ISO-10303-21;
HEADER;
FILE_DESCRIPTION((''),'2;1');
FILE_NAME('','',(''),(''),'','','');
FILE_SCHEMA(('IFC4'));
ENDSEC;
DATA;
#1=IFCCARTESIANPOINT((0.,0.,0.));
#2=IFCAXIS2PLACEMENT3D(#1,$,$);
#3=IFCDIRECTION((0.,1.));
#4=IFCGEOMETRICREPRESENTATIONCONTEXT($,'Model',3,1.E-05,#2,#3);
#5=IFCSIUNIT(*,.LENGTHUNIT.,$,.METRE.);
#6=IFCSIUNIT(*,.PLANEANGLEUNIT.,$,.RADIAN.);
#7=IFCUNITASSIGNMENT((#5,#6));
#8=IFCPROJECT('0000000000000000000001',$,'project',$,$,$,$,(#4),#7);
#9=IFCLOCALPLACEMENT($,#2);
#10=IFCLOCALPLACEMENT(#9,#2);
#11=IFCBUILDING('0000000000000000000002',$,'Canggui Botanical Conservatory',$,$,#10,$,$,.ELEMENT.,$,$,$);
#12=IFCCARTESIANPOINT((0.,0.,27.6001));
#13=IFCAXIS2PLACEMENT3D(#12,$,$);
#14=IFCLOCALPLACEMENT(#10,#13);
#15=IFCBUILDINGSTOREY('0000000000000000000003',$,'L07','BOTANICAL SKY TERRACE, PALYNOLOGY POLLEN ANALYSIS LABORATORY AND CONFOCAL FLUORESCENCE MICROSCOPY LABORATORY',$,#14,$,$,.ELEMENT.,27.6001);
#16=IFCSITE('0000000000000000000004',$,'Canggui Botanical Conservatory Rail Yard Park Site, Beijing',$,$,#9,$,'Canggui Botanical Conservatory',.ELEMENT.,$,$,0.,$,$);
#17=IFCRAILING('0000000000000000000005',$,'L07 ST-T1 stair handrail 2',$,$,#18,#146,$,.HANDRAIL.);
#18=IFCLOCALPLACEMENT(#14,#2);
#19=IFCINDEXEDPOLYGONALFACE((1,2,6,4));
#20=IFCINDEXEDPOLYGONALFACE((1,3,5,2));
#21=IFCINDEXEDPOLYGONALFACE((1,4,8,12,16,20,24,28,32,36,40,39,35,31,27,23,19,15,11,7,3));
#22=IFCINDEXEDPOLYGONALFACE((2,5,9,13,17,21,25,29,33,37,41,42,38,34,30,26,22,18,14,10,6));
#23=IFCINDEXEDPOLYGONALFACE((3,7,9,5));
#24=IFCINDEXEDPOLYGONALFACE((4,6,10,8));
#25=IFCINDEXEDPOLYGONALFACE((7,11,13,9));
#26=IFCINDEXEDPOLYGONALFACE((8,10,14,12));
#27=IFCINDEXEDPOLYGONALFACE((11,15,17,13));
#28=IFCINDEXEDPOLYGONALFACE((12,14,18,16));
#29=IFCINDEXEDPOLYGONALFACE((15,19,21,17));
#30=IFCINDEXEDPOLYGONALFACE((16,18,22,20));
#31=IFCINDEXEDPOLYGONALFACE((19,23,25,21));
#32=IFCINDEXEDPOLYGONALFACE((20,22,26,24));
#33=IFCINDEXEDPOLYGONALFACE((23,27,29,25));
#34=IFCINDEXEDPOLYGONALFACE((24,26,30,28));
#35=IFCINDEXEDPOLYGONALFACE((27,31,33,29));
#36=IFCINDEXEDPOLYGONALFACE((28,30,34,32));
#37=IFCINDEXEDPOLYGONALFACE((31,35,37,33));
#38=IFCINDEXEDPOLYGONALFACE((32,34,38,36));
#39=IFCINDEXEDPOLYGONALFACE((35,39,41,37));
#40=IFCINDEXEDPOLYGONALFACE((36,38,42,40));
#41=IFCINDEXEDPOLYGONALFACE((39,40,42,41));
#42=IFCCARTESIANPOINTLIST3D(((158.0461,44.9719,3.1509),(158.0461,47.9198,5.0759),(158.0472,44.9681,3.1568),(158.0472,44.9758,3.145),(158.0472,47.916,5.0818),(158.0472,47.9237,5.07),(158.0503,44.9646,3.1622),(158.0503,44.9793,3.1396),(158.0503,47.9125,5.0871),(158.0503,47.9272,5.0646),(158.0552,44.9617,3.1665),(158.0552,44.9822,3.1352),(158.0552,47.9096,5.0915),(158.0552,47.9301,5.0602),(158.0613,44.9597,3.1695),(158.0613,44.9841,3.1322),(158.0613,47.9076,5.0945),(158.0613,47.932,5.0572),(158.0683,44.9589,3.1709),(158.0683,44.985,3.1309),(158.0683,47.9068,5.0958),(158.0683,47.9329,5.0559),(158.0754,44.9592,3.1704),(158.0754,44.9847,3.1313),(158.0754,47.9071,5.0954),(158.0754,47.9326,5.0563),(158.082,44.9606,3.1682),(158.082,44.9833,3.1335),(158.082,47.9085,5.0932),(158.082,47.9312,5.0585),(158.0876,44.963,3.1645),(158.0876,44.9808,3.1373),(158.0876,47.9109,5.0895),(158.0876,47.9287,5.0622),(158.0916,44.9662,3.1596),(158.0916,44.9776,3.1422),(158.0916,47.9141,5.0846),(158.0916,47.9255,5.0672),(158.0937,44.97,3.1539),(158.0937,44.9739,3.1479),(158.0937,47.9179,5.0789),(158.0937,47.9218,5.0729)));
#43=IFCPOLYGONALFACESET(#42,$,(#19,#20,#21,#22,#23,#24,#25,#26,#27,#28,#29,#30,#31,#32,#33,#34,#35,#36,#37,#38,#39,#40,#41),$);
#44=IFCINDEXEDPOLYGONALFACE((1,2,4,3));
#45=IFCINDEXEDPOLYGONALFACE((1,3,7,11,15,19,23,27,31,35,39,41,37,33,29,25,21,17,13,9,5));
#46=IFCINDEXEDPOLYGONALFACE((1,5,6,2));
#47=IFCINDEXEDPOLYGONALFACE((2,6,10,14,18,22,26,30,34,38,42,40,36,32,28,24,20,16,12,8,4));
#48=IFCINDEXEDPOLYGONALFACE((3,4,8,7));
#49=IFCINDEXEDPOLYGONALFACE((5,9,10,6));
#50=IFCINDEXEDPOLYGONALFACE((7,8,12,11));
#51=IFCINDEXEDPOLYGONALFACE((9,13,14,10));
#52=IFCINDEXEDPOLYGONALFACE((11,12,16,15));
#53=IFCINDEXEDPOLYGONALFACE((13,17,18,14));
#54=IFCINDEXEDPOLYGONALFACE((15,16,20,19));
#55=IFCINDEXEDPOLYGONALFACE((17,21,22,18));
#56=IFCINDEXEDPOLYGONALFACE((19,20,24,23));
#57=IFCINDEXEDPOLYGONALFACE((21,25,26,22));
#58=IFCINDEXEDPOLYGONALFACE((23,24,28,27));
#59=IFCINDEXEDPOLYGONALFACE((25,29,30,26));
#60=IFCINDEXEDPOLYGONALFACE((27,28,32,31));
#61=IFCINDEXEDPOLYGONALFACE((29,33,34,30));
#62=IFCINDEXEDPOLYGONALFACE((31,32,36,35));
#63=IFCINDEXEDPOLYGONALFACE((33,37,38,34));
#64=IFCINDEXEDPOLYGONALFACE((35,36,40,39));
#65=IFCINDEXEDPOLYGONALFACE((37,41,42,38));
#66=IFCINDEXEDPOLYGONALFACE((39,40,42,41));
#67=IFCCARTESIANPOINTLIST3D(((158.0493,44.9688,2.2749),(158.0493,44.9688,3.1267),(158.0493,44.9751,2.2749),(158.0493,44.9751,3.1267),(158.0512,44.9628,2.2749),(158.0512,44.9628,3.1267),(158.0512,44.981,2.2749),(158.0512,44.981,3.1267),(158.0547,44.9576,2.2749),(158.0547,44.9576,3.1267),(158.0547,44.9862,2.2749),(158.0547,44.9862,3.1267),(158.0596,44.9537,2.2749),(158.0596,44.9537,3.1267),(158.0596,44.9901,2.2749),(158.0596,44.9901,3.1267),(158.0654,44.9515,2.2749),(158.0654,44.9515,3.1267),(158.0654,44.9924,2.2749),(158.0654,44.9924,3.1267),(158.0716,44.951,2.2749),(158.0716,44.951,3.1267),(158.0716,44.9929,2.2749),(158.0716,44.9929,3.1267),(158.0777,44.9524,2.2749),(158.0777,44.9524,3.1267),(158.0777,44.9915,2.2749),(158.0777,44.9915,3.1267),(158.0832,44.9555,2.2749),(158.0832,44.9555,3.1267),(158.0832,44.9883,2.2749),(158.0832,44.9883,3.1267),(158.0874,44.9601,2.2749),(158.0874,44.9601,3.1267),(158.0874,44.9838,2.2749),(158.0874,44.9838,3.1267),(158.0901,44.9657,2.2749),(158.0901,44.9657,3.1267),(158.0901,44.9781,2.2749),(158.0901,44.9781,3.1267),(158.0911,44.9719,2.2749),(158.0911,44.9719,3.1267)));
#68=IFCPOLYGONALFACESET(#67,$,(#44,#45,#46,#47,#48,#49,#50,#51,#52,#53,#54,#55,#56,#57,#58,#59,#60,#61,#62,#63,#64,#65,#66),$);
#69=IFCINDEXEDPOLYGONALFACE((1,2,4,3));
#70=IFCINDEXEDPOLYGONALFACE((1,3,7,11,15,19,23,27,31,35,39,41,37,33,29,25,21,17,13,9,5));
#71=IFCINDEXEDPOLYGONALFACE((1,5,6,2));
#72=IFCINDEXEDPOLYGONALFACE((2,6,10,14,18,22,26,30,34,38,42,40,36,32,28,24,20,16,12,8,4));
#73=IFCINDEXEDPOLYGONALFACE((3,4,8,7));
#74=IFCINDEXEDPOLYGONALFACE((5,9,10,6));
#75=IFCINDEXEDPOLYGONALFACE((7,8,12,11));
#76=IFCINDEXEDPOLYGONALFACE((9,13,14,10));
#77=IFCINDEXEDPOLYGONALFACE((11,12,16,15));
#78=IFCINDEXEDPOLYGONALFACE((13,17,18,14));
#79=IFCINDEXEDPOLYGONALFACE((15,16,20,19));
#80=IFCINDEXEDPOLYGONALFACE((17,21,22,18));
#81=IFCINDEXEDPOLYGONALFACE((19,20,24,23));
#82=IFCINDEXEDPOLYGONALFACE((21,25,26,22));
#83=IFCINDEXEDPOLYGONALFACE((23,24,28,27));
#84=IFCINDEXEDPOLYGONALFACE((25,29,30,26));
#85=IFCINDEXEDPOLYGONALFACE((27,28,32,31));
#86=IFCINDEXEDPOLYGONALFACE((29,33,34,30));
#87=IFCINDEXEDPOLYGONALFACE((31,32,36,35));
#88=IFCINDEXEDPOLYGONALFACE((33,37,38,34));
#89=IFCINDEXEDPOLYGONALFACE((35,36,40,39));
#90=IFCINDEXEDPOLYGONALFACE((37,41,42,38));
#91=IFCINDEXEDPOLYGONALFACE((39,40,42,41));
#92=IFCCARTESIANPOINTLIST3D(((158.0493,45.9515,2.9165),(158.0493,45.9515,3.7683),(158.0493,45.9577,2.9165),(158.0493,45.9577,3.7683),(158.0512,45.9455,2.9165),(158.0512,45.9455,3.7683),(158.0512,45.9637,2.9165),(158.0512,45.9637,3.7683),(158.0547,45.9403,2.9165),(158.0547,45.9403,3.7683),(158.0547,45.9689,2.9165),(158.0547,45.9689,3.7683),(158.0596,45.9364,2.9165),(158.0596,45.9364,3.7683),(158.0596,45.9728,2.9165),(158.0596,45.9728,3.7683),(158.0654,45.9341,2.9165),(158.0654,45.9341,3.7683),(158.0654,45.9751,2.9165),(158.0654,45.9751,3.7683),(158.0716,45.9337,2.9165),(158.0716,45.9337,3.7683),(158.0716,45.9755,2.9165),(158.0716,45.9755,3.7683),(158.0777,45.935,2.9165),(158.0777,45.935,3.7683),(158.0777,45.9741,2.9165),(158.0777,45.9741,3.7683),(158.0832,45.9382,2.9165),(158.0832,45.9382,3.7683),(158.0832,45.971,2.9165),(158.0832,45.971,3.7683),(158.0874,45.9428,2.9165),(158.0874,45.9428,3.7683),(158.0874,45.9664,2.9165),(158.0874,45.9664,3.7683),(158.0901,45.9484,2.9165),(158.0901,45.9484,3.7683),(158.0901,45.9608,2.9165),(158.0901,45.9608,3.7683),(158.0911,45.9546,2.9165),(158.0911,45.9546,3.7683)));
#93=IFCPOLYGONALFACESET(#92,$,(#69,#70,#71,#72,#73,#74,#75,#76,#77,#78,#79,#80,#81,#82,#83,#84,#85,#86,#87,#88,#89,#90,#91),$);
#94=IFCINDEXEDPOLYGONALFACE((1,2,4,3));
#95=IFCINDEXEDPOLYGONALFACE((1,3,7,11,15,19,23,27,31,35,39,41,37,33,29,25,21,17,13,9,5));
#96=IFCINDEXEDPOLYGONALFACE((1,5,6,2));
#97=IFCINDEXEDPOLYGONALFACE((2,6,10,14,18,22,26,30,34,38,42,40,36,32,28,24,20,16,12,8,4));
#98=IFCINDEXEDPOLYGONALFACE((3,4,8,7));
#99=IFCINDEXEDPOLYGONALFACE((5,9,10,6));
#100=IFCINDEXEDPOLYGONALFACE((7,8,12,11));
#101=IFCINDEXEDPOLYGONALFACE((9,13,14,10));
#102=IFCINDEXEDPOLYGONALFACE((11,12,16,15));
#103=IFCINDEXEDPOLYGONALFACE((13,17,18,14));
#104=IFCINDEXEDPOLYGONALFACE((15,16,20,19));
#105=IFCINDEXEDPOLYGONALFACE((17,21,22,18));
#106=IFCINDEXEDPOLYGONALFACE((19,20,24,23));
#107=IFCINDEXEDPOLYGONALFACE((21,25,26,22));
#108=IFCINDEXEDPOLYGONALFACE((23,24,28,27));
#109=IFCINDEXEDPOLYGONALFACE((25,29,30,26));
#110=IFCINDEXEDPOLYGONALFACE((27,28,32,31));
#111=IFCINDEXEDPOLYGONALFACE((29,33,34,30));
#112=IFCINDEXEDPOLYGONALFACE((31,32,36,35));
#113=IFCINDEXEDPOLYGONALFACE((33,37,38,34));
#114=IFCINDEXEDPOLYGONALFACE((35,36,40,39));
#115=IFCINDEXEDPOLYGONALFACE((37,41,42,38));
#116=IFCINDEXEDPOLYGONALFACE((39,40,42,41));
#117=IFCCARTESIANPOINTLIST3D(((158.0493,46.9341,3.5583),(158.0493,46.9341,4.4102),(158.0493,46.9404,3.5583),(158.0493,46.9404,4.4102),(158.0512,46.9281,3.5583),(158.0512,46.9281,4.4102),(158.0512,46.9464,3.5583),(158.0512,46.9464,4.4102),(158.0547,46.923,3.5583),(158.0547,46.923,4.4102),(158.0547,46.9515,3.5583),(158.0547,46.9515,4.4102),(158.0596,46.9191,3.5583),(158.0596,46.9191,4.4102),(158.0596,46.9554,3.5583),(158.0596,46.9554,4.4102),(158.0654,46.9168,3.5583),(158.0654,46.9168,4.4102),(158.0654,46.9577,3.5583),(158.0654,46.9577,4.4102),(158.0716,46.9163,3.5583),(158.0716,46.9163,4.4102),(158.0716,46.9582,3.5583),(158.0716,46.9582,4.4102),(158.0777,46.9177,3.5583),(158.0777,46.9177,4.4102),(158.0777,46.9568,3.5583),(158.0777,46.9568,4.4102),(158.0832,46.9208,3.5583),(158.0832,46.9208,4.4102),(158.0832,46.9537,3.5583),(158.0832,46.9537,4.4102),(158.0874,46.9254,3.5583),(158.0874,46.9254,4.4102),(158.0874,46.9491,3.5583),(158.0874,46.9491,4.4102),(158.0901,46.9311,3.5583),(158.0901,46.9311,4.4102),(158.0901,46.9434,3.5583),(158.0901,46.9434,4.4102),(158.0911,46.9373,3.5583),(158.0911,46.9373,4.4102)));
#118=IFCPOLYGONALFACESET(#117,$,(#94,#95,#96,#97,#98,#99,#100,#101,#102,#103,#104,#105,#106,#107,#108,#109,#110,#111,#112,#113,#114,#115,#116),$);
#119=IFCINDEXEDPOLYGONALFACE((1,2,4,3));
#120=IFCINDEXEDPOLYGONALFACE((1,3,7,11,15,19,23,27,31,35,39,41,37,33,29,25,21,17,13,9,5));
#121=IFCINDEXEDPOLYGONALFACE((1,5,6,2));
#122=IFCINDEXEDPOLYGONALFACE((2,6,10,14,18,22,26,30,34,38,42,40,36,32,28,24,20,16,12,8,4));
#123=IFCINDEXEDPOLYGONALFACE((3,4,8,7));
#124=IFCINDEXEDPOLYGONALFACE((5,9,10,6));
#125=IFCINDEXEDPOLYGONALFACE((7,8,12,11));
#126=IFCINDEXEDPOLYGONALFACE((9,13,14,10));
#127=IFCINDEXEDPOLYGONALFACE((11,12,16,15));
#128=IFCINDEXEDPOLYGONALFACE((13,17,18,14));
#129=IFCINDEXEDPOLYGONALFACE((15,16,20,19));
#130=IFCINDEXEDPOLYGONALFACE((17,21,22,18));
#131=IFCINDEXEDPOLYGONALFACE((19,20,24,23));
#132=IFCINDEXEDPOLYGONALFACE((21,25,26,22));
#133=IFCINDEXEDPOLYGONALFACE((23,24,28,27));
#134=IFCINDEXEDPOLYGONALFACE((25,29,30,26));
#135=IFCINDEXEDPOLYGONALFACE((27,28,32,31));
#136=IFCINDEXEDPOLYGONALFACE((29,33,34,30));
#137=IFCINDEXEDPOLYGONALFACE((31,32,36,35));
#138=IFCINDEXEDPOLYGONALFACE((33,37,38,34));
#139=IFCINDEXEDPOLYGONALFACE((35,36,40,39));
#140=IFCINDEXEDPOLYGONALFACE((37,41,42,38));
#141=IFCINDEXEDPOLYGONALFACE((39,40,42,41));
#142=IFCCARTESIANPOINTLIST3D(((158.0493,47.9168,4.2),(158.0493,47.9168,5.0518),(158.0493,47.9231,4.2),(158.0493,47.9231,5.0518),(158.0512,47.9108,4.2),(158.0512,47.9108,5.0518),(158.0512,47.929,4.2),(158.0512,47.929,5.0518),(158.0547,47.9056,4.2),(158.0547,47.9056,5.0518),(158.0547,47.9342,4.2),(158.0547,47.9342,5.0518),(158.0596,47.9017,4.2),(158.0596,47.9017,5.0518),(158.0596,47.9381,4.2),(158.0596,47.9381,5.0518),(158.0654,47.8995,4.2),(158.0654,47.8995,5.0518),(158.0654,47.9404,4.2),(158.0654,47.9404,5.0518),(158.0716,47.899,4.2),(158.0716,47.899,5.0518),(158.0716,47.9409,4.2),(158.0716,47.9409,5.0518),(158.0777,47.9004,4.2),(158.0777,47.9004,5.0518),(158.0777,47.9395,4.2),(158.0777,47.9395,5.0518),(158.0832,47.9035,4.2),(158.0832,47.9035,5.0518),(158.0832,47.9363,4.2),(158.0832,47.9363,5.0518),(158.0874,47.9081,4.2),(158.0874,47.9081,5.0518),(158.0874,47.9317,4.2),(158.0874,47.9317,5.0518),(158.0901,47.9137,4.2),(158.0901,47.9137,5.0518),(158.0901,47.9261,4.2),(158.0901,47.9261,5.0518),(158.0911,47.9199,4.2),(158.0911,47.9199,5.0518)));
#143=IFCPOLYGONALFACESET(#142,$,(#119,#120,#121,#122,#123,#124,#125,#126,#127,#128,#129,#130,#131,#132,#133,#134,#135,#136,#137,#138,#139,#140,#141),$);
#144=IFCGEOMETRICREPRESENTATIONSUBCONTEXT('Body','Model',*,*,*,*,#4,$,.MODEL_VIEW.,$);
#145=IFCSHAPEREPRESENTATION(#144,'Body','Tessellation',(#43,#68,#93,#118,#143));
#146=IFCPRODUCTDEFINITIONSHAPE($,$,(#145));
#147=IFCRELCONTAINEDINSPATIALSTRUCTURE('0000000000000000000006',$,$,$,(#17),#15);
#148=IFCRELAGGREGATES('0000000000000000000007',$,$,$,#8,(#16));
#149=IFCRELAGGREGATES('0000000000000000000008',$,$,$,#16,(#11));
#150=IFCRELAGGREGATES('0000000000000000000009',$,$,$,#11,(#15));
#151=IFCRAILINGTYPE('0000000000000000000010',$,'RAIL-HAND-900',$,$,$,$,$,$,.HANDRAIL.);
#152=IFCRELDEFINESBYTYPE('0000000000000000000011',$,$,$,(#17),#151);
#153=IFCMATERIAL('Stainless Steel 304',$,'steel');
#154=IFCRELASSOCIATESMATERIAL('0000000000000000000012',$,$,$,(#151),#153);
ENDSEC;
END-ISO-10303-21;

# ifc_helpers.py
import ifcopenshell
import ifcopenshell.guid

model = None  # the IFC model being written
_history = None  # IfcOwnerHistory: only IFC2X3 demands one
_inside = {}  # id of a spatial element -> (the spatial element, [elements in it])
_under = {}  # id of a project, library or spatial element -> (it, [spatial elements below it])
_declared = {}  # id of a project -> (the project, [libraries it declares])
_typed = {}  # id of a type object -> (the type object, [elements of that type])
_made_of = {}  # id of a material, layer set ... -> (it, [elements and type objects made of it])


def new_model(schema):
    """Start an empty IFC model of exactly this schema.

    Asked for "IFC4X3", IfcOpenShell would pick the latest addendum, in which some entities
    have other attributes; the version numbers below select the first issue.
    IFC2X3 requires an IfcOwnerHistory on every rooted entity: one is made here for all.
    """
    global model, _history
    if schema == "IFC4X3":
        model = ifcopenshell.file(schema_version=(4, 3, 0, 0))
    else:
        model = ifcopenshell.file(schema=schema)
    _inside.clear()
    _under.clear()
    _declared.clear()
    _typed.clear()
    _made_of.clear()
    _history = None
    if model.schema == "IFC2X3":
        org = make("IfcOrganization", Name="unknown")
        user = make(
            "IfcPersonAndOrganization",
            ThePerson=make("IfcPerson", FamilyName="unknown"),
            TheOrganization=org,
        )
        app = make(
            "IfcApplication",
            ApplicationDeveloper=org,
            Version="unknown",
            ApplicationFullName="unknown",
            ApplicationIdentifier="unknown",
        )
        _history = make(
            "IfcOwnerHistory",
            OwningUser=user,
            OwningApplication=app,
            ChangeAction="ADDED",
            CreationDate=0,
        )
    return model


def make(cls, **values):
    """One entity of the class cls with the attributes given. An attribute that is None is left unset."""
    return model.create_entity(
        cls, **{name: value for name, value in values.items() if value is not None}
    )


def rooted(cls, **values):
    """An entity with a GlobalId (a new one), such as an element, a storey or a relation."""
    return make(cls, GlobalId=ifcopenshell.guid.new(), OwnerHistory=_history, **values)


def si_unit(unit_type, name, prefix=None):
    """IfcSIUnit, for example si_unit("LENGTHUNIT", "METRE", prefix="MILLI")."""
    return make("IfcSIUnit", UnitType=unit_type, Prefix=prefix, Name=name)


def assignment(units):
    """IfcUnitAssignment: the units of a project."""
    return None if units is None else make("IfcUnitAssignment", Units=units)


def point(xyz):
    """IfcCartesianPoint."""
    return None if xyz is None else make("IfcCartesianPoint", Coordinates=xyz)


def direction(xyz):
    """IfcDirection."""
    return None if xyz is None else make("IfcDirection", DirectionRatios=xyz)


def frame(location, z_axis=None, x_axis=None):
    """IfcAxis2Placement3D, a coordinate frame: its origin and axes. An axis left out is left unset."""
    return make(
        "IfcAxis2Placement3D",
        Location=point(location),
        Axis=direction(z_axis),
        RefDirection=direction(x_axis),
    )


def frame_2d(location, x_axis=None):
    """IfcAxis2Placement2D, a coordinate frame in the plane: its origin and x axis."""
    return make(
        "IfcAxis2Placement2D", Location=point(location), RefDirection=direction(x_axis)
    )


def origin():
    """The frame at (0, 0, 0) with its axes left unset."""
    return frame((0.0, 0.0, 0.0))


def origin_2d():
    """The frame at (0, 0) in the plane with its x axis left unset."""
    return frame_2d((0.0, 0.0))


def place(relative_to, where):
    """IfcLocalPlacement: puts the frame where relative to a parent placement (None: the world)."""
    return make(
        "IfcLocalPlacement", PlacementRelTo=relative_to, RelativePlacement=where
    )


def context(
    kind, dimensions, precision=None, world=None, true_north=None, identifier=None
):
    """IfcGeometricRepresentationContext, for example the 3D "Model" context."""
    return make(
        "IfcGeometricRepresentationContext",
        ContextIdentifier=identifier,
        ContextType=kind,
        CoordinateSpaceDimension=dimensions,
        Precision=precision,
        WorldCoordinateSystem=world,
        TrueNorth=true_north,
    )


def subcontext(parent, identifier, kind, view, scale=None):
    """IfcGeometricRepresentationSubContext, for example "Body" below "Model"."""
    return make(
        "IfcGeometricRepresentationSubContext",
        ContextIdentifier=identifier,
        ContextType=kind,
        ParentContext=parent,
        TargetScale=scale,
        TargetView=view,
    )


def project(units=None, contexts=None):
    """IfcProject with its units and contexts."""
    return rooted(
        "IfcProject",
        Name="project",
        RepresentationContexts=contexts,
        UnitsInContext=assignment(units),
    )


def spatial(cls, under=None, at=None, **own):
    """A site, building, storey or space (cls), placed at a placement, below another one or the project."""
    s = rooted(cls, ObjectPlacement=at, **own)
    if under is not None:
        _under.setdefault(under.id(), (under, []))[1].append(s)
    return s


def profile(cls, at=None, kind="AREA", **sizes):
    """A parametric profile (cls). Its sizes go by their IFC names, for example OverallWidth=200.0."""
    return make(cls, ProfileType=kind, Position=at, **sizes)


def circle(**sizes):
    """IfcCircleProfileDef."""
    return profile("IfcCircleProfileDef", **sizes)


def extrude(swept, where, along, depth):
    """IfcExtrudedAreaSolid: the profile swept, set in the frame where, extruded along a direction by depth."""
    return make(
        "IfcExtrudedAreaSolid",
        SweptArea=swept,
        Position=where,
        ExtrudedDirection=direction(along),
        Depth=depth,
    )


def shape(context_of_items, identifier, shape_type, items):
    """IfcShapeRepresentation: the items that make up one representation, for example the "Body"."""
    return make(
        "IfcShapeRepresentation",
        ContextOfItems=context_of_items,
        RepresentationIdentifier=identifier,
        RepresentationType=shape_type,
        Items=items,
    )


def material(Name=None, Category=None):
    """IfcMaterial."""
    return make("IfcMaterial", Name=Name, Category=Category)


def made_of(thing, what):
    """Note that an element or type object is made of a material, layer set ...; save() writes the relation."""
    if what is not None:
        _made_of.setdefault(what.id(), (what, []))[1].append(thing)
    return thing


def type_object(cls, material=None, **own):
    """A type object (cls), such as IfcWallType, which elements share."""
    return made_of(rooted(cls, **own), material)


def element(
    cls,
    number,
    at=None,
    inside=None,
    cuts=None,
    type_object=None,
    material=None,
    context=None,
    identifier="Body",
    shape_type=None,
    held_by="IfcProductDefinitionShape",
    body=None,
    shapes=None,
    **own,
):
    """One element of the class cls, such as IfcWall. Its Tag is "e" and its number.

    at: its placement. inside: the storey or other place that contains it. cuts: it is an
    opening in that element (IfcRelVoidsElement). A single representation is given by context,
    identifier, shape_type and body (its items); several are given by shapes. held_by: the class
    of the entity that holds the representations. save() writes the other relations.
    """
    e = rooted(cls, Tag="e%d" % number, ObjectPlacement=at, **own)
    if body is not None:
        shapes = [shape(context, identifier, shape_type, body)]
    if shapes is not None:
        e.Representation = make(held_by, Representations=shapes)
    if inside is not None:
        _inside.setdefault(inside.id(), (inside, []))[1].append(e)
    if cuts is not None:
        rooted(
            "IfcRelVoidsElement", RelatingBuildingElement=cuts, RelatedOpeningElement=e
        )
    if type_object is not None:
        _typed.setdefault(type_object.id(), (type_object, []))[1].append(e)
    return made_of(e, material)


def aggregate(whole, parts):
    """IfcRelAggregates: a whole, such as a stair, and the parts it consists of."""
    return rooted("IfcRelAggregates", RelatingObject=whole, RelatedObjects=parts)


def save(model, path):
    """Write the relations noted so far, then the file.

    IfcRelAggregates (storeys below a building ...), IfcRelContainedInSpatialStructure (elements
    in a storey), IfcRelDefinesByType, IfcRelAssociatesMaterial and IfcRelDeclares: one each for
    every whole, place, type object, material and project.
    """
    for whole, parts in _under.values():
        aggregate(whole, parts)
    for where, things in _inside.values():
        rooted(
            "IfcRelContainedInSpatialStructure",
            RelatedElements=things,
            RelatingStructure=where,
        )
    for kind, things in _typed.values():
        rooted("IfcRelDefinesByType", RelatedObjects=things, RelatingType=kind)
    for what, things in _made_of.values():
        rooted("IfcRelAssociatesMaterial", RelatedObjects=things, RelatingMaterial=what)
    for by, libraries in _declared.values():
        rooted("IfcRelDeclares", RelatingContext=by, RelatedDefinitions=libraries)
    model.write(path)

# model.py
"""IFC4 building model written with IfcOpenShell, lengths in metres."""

from ifc_helpers import new_model, si_unit, direction, frame, origin, origin_2d, place, context, subcontext, project, spatial, circle, extrude, material, type_object, element, save


model = new_model("IFC4")

# Units and contexts
model_context = context("Model", 3, precision=1e-05, world=origin(), true_north=direction((0.0, 1.0)))
body_context = subcontext(model_context, "Body", "Model", "MODEL_VIEW")
ifc_project = project(units=[si_unit("LENGTHUNIT", "METRE"), si_unit("PLANEANGLEUNIT", "RADIAN")], contexts=[model_context])

# Site, building, storey
site_placement = place(None, origin())
site = spatial("IfcSite", under=ifc_project, at=site_placement, Name="Canggui Botanical Conservatory Rail Yard Park Site, Beijing", LongName="Canggui Botanical Conservatory", CompositionType="ELEMENT", RefElevation=0.0)
building_placement = place(site_placement, origin())
building = spatial("IfcBuilding", under=site, at=building_placement, Name="Canggui Botanical Conservatory", CompositionType="ELEMENT")
storey_placement = place(building_placement, frame((0.0, 0.0, 27.6001)))
storey = spatial("IfcBuildingStorey", under=building, at=storey_placement, Name="L07", Description="BOTANICAL SKY TERRACE, PALYNOLOGY POLLEN ANALYSIS LABORATORY AND CONFOCAL FLUORESCENCE MICROSCOPY LABORATORY", CompositionType="ELEMENT", Elevation=27.6001)

# Shared definitions
ifc_material_1 = material(Name="Stainless Steel 304", Category="steel")

# Railing
railing_type_1 = type_object("IfcRailingType", Name="RAIL-HAND-900", PredefinedType="HANDRAIL", material=ifc_material_1)
railing_1_placement = place(storey_placement, frame((158.0701, 44.9719, 2.2749)))
element("IfcRailing", 1, at=railing_1_placement, inside=storey, type_object=railing_type_1, Name="L07 ST-T1 stair handrail 2", PredefinedType="HANDRAIL", context=body_context, shape_type="SweptSolid", body=[
    extrude(circle(Radius=0.0239, at=origin_2d()), frame((0.0, 0.0, 0.876), z_axis=(0.0, 0.837293, 0.546754), x_axis=(-1.0, 0.0, 0.0)), (0.0, 0.0, 1.0), 3.5208),
    extrude(circle(Radius=0.021, at=origin_2d()), origin(), (0.0, 0.0, 1.0), 0.8518),
    extrude(circle(Radius=0.021, at=origin_2d()), frame((0.0, 0.9827, 0.6416)), (0.0, 0.0, 1.0), 0.8518),
    extrude(circle(Radius=0.021, at=origin_2d()), frame((0.0, 1.9653, 1.2834)), (0.0, 0.0, 1.0), 0.8518),
    extrude(circle(Radius=0.021, at=origin_2d()), frame((0.0, 2.948, 1.925)), (0.0, 0.0, 1.0), 0.8518),
])

save(model, "model.ifc")
